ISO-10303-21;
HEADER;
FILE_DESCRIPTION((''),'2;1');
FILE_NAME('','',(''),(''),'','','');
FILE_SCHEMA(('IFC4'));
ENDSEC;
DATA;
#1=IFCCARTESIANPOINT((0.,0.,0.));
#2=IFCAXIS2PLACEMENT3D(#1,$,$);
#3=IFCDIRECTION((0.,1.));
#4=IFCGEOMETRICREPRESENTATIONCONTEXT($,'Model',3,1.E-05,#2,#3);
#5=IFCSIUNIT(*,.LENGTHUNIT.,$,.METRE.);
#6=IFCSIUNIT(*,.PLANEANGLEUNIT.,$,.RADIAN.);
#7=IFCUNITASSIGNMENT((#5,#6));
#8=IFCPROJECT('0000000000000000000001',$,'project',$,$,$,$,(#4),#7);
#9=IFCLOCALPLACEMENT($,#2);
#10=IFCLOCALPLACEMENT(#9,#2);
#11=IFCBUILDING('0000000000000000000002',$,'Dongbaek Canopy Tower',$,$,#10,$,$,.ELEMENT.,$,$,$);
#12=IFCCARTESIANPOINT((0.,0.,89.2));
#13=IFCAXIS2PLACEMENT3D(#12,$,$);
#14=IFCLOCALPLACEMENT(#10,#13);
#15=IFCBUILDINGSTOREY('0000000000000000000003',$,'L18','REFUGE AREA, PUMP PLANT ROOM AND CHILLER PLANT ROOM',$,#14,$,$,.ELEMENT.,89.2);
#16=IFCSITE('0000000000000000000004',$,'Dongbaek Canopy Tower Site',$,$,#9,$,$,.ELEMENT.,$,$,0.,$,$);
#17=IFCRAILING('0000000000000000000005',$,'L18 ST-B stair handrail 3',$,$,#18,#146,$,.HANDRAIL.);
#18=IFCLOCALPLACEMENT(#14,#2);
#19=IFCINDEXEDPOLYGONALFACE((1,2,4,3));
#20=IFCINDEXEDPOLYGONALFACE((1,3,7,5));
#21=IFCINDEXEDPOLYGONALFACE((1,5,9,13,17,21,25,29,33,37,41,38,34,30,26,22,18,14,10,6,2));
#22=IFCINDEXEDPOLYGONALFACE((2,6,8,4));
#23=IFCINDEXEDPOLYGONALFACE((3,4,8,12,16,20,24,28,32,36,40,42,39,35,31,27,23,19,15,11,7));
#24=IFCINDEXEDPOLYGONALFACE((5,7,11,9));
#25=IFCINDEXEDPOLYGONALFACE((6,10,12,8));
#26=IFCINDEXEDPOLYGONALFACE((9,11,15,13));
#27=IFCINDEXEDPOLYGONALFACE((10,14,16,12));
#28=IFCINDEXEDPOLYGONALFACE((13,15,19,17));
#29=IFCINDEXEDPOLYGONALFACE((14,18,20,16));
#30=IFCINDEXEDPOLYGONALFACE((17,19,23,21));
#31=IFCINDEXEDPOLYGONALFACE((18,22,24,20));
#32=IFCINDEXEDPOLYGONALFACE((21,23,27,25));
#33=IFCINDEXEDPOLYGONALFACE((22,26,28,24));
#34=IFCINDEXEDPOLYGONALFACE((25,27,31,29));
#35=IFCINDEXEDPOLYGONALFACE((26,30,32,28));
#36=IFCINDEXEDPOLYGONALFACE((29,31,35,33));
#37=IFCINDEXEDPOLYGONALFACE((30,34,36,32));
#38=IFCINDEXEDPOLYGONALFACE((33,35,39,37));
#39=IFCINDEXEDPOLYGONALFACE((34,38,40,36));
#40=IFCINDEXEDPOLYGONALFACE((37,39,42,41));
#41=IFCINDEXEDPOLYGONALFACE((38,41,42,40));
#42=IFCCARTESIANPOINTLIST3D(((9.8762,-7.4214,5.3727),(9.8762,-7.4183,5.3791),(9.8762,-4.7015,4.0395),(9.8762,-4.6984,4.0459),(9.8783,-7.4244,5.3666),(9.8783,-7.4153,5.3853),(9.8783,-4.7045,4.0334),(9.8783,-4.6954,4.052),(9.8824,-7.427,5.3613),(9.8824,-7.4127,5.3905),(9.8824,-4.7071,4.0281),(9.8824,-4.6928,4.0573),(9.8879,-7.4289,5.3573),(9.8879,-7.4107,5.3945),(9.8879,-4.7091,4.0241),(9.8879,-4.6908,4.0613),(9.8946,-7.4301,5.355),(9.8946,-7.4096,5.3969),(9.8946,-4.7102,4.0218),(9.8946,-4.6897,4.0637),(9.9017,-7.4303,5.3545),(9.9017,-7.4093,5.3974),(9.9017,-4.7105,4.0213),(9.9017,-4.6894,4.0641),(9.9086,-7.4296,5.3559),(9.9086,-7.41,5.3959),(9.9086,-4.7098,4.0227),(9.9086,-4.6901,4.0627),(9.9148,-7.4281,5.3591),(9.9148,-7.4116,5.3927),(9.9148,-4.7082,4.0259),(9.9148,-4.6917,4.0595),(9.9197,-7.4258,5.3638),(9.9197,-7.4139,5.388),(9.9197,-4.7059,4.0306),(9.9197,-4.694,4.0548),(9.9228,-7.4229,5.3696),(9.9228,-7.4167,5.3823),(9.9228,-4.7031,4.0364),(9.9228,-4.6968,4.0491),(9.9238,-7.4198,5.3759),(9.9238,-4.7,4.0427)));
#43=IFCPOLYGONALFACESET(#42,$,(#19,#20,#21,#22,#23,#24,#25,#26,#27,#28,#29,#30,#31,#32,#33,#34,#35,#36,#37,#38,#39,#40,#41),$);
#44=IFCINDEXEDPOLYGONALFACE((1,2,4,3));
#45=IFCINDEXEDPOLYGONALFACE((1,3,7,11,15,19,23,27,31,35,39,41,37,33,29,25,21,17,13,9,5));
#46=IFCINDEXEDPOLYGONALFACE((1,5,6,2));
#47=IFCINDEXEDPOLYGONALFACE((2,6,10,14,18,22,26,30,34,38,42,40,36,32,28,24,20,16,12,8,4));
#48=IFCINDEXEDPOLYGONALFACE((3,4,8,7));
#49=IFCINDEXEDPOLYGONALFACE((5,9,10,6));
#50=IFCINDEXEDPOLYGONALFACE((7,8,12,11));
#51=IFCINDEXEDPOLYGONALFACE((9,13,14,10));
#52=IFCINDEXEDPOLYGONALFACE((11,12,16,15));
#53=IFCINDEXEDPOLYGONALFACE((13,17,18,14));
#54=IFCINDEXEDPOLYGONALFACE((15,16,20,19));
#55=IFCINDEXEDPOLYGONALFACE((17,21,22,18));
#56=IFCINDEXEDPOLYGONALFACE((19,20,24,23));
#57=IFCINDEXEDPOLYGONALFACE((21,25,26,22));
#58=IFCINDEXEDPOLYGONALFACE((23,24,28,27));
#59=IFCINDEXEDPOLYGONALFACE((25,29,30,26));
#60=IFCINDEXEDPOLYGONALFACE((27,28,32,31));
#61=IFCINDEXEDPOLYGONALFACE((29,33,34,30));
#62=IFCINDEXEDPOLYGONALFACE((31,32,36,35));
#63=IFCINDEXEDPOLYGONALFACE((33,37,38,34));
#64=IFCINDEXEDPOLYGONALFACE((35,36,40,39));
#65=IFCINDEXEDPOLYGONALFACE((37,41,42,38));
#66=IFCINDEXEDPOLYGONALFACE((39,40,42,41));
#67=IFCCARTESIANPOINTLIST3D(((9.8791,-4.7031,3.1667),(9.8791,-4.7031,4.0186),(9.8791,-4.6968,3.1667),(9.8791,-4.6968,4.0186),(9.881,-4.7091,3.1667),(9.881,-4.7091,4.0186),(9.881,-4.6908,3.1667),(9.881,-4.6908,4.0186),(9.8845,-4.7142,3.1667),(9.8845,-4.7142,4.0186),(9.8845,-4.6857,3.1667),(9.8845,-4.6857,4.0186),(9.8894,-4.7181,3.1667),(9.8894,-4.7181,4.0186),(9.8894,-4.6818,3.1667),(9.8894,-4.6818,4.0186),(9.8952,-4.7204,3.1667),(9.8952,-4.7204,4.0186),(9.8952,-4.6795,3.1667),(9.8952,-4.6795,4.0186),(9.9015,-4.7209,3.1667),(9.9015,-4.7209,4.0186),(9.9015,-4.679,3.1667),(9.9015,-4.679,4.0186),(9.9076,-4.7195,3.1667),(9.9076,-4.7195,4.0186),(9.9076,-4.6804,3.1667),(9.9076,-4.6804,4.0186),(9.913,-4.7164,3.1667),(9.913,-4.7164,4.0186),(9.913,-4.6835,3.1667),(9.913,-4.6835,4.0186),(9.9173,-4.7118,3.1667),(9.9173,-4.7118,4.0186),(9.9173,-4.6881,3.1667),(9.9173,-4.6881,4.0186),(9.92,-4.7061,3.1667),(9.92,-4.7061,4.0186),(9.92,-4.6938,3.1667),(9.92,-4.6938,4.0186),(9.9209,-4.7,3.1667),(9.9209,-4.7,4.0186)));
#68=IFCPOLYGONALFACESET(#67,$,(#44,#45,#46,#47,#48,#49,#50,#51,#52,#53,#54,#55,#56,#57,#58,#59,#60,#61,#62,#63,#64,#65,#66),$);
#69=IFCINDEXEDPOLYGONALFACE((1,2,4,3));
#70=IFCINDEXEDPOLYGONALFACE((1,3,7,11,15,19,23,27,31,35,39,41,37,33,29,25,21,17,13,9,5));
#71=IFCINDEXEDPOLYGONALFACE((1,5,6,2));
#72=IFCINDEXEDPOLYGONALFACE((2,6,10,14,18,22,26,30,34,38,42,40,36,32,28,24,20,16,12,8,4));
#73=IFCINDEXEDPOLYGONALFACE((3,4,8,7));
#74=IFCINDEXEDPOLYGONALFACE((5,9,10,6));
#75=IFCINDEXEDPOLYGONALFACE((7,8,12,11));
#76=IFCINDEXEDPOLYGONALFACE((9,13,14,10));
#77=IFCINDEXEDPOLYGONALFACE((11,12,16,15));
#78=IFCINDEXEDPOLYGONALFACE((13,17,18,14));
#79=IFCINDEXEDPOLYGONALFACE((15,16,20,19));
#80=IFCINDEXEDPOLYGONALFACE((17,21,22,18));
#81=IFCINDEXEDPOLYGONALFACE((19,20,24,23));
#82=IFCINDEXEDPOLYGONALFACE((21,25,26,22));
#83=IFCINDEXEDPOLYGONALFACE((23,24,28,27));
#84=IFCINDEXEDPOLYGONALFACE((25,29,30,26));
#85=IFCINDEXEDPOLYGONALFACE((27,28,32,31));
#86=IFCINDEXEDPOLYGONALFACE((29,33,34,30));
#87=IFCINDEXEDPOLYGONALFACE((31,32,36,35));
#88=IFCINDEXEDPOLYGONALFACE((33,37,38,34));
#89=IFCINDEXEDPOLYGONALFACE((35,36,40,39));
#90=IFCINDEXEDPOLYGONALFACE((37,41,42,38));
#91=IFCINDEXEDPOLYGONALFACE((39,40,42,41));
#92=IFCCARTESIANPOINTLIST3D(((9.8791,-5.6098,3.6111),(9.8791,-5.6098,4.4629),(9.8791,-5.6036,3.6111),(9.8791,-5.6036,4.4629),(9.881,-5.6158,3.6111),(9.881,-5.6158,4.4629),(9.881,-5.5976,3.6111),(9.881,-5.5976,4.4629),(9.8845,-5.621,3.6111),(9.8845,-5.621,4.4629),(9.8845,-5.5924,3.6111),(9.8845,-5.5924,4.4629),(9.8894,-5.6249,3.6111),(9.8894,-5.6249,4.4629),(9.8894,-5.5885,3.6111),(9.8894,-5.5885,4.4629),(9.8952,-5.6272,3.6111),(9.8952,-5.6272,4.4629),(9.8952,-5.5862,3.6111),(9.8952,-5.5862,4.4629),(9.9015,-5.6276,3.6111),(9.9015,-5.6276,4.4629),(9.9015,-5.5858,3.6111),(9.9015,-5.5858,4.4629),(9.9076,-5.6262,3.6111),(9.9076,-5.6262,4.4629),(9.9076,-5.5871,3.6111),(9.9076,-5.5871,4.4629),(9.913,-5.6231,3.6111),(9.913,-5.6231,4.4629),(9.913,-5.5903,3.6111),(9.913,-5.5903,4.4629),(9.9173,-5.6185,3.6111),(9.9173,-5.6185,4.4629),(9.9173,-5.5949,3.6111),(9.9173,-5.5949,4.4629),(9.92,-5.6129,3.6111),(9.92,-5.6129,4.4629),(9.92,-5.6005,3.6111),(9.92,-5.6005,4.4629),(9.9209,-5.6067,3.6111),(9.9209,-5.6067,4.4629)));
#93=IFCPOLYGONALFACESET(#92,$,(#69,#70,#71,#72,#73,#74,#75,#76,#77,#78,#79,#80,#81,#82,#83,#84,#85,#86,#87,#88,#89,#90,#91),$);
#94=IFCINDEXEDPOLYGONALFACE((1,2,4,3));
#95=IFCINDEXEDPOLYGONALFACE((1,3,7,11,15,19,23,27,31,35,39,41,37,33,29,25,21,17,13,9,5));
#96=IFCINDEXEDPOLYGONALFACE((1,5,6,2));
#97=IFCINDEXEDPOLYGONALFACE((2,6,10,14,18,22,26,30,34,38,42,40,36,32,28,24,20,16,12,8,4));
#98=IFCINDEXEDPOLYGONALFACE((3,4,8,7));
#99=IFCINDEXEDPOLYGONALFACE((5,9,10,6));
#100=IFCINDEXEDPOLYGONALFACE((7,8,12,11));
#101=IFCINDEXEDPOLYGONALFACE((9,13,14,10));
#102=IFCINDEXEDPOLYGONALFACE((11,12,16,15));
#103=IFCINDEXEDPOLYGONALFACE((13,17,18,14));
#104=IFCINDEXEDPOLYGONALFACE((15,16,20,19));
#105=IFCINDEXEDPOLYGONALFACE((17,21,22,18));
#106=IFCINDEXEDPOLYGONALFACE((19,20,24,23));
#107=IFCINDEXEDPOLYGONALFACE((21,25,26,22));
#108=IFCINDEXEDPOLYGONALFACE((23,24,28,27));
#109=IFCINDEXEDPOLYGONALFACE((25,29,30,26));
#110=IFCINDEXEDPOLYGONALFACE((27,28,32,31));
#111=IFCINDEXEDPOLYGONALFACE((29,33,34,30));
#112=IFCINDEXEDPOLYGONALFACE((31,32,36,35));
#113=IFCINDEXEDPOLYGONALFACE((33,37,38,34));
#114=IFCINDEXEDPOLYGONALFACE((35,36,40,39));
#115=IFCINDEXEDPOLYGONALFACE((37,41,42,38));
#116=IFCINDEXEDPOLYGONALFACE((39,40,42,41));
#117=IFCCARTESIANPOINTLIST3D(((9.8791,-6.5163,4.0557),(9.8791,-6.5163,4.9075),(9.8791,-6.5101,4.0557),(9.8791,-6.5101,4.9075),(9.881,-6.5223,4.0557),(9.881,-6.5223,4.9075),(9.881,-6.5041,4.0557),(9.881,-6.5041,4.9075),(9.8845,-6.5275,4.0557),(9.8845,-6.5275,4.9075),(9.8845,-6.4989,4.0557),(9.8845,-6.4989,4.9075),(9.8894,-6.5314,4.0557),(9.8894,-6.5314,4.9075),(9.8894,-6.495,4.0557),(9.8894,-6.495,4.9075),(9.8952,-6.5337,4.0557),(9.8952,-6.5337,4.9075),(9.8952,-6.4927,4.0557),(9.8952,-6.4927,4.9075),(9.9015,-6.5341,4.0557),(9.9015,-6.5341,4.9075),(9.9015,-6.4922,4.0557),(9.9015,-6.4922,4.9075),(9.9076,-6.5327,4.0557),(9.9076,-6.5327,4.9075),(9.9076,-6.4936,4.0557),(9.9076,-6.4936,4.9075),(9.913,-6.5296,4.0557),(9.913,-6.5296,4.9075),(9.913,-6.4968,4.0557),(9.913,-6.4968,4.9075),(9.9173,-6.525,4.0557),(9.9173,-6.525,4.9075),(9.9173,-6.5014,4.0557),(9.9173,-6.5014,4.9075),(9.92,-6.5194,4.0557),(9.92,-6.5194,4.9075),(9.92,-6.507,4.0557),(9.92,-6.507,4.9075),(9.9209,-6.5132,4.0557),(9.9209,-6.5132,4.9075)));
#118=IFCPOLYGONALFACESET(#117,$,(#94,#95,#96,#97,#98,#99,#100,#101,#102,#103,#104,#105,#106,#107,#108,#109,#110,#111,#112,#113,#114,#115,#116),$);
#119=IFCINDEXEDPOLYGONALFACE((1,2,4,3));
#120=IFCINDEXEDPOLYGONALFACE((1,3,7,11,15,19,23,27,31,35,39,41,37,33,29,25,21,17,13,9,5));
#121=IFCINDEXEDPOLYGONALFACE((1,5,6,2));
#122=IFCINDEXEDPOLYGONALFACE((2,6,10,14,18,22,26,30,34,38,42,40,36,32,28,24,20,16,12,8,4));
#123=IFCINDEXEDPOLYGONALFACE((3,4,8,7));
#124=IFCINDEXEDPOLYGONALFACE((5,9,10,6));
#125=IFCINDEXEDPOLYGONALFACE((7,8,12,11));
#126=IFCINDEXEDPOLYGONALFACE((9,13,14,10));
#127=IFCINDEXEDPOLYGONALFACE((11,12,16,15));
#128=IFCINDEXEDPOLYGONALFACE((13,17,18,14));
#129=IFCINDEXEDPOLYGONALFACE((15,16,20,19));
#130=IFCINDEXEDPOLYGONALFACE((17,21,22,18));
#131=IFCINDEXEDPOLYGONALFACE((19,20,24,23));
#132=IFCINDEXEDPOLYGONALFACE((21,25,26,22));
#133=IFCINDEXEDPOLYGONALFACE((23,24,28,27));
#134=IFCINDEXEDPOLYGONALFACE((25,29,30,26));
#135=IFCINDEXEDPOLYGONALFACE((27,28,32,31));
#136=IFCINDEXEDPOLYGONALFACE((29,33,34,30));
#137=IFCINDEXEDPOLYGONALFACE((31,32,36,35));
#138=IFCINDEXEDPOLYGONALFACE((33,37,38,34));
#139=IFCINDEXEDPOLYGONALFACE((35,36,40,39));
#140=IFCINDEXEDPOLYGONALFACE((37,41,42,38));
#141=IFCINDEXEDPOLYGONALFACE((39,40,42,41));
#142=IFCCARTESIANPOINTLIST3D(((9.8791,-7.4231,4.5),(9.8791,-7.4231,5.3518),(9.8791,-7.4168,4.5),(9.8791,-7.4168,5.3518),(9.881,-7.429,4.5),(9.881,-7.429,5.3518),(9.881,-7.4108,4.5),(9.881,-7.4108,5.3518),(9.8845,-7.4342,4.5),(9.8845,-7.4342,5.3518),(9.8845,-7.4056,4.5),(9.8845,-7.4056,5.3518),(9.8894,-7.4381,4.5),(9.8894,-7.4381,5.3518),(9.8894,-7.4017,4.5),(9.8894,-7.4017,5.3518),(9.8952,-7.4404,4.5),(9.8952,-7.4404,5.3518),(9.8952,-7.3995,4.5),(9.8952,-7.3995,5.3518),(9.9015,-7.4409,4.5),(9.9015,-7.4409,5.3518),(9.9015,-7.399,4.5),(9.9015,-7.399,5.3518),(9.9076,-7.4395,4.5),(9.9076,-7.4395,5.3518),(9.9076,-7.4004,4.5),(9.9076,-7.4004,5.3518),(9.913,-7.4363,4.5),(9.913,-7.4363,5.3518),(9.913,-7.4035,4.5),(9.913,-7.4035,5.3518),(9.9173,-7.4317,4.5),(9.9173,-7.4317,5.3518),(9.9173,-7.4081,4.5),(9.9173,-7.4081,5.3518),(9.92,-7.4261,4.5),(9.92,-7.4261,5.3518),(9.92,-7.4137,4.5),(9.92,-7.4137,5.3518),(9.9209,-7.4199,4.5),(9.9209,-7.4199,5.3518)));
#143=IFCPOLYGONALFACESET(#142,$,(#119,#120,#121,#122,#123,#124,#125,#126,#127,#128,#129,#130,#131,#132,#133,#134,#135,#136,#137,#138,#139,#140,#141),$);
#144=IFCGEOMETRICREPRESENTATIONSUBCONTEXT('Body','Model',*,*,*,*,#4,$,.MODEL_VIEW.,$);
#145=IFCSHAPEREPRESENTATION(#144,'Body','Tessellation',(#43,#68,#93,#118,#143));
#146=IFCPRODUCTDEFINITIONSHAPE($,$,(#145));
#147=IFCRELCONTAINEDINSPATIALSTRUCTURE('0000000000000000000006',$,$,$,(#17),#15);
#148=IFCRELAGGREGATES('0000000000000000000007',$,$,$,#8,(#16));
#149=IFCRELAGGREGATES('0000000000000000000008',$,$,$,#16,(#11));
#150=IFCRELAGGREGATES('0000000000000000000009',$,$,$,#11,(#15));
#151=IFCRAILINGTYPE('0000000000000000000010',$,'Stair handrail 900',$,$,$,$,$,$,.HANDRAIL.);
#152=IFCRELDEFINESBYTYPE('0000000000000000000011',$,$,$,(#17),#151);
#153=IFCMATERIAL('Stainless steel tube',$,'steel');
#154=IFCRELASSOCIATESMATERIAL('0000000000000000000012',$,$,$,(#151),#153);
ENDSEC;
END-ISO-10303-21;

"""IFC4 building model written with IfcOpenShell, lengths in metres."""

from ifc_helpers import new_model, si_unit, direction, frame, origin, origin_2d, place, context, subcontext, project, spatial, circle, extrude, material, type_object, element, save


model = new_model("IFC4")

# Units and contexts
model_context = context("Model", 3, precision=1e-05, world=origin(), true_north=direction((0.0, 1.0)))
body_context = subcontext(model_context, "Body", "Model", "MODEL_VIEW")
ifc_project = project(units=[si_unit("LENGTHUNIT", "METRE"), si_unit("PLANEANGLEUNIT", "RADIAN")], contexts=[model_context])

# Site, building, storey
site_placement = place(None, origin())
site = spatial("IfcSite", under=ifc_project, at=site_placement, Name="Dongbaek Canopy Tower Site", CompositionType="ELEMENT", RefElevation=0.0)
building_placement = place(site_placement, origin())
building = spatial("IfcBuilding", under=site, at=building_placement, Name="Dongbaek Canopy Tower", CompositionType="ELEMENT")
storey_placement = place(building_placement, frame((0.0, 0.0, 89.2)))
storey = spatial("IfcBuildingStorey", under=building, at=storey_placement, Name="L18", Description="REFUGE AREA, PUMP PLANT ROOM AND CHILLER PLANT ROOM", CompositionType="ELEMENT", Elevation=89.2)

# Railing
ifc_material_1 = material(Name="Stainless steel tube", Category="steel")
railing_type = type_object("IfcRailingType", Name="Stair handrail 900", PredefinedType="HANDRAIL", material=ifc_material_1)
for number, where, name in (
    (1, (9.8999, -4.7, 3.1667), "L18 ST-B stair handrail 3"),
):
    element("IfcRailing", number, at=place(storey_placement, frame(where)), inside=storey, type_object=railing_type, Name=name, PredefinedType="HANDRAIL", context=body_context, shape_type="SweptSolid", body=[
        extrude(circle(Radius=0.0239, at=origin_2d()), frame((0.0, 0.0, 0.876), z_axis=(0.0, -0.897929, 0.440139), x_axis=(1.0, 0.0, 0.0)), (0.0, 0.0, 1.0), 3.0291),
        extrude(circle(Radius=0.021, at=origin_2d()), origin(), (0.0, 0.0, 1.0), 0.8518),
        extrude(circle(Radius=0.021, at=origin_2d()), frame((0.0, -0.9067, 0.4443)), (0.0, 0.0, 1.0), 0.8518),
        extrude(circle(Radius=0.021, at=origin_2d()), frame((0.0, -1.8132, 0.8889)), (0.0, 0.0, 1.0), 0.8518),
        extrude(circle(Radius=0.021, at=origin_2d()), frame((0.0, -2.72, 1.3333)), (0.0, 0.0, 1.0), 0.8518),
    ])

save(model, "model.ifc")
